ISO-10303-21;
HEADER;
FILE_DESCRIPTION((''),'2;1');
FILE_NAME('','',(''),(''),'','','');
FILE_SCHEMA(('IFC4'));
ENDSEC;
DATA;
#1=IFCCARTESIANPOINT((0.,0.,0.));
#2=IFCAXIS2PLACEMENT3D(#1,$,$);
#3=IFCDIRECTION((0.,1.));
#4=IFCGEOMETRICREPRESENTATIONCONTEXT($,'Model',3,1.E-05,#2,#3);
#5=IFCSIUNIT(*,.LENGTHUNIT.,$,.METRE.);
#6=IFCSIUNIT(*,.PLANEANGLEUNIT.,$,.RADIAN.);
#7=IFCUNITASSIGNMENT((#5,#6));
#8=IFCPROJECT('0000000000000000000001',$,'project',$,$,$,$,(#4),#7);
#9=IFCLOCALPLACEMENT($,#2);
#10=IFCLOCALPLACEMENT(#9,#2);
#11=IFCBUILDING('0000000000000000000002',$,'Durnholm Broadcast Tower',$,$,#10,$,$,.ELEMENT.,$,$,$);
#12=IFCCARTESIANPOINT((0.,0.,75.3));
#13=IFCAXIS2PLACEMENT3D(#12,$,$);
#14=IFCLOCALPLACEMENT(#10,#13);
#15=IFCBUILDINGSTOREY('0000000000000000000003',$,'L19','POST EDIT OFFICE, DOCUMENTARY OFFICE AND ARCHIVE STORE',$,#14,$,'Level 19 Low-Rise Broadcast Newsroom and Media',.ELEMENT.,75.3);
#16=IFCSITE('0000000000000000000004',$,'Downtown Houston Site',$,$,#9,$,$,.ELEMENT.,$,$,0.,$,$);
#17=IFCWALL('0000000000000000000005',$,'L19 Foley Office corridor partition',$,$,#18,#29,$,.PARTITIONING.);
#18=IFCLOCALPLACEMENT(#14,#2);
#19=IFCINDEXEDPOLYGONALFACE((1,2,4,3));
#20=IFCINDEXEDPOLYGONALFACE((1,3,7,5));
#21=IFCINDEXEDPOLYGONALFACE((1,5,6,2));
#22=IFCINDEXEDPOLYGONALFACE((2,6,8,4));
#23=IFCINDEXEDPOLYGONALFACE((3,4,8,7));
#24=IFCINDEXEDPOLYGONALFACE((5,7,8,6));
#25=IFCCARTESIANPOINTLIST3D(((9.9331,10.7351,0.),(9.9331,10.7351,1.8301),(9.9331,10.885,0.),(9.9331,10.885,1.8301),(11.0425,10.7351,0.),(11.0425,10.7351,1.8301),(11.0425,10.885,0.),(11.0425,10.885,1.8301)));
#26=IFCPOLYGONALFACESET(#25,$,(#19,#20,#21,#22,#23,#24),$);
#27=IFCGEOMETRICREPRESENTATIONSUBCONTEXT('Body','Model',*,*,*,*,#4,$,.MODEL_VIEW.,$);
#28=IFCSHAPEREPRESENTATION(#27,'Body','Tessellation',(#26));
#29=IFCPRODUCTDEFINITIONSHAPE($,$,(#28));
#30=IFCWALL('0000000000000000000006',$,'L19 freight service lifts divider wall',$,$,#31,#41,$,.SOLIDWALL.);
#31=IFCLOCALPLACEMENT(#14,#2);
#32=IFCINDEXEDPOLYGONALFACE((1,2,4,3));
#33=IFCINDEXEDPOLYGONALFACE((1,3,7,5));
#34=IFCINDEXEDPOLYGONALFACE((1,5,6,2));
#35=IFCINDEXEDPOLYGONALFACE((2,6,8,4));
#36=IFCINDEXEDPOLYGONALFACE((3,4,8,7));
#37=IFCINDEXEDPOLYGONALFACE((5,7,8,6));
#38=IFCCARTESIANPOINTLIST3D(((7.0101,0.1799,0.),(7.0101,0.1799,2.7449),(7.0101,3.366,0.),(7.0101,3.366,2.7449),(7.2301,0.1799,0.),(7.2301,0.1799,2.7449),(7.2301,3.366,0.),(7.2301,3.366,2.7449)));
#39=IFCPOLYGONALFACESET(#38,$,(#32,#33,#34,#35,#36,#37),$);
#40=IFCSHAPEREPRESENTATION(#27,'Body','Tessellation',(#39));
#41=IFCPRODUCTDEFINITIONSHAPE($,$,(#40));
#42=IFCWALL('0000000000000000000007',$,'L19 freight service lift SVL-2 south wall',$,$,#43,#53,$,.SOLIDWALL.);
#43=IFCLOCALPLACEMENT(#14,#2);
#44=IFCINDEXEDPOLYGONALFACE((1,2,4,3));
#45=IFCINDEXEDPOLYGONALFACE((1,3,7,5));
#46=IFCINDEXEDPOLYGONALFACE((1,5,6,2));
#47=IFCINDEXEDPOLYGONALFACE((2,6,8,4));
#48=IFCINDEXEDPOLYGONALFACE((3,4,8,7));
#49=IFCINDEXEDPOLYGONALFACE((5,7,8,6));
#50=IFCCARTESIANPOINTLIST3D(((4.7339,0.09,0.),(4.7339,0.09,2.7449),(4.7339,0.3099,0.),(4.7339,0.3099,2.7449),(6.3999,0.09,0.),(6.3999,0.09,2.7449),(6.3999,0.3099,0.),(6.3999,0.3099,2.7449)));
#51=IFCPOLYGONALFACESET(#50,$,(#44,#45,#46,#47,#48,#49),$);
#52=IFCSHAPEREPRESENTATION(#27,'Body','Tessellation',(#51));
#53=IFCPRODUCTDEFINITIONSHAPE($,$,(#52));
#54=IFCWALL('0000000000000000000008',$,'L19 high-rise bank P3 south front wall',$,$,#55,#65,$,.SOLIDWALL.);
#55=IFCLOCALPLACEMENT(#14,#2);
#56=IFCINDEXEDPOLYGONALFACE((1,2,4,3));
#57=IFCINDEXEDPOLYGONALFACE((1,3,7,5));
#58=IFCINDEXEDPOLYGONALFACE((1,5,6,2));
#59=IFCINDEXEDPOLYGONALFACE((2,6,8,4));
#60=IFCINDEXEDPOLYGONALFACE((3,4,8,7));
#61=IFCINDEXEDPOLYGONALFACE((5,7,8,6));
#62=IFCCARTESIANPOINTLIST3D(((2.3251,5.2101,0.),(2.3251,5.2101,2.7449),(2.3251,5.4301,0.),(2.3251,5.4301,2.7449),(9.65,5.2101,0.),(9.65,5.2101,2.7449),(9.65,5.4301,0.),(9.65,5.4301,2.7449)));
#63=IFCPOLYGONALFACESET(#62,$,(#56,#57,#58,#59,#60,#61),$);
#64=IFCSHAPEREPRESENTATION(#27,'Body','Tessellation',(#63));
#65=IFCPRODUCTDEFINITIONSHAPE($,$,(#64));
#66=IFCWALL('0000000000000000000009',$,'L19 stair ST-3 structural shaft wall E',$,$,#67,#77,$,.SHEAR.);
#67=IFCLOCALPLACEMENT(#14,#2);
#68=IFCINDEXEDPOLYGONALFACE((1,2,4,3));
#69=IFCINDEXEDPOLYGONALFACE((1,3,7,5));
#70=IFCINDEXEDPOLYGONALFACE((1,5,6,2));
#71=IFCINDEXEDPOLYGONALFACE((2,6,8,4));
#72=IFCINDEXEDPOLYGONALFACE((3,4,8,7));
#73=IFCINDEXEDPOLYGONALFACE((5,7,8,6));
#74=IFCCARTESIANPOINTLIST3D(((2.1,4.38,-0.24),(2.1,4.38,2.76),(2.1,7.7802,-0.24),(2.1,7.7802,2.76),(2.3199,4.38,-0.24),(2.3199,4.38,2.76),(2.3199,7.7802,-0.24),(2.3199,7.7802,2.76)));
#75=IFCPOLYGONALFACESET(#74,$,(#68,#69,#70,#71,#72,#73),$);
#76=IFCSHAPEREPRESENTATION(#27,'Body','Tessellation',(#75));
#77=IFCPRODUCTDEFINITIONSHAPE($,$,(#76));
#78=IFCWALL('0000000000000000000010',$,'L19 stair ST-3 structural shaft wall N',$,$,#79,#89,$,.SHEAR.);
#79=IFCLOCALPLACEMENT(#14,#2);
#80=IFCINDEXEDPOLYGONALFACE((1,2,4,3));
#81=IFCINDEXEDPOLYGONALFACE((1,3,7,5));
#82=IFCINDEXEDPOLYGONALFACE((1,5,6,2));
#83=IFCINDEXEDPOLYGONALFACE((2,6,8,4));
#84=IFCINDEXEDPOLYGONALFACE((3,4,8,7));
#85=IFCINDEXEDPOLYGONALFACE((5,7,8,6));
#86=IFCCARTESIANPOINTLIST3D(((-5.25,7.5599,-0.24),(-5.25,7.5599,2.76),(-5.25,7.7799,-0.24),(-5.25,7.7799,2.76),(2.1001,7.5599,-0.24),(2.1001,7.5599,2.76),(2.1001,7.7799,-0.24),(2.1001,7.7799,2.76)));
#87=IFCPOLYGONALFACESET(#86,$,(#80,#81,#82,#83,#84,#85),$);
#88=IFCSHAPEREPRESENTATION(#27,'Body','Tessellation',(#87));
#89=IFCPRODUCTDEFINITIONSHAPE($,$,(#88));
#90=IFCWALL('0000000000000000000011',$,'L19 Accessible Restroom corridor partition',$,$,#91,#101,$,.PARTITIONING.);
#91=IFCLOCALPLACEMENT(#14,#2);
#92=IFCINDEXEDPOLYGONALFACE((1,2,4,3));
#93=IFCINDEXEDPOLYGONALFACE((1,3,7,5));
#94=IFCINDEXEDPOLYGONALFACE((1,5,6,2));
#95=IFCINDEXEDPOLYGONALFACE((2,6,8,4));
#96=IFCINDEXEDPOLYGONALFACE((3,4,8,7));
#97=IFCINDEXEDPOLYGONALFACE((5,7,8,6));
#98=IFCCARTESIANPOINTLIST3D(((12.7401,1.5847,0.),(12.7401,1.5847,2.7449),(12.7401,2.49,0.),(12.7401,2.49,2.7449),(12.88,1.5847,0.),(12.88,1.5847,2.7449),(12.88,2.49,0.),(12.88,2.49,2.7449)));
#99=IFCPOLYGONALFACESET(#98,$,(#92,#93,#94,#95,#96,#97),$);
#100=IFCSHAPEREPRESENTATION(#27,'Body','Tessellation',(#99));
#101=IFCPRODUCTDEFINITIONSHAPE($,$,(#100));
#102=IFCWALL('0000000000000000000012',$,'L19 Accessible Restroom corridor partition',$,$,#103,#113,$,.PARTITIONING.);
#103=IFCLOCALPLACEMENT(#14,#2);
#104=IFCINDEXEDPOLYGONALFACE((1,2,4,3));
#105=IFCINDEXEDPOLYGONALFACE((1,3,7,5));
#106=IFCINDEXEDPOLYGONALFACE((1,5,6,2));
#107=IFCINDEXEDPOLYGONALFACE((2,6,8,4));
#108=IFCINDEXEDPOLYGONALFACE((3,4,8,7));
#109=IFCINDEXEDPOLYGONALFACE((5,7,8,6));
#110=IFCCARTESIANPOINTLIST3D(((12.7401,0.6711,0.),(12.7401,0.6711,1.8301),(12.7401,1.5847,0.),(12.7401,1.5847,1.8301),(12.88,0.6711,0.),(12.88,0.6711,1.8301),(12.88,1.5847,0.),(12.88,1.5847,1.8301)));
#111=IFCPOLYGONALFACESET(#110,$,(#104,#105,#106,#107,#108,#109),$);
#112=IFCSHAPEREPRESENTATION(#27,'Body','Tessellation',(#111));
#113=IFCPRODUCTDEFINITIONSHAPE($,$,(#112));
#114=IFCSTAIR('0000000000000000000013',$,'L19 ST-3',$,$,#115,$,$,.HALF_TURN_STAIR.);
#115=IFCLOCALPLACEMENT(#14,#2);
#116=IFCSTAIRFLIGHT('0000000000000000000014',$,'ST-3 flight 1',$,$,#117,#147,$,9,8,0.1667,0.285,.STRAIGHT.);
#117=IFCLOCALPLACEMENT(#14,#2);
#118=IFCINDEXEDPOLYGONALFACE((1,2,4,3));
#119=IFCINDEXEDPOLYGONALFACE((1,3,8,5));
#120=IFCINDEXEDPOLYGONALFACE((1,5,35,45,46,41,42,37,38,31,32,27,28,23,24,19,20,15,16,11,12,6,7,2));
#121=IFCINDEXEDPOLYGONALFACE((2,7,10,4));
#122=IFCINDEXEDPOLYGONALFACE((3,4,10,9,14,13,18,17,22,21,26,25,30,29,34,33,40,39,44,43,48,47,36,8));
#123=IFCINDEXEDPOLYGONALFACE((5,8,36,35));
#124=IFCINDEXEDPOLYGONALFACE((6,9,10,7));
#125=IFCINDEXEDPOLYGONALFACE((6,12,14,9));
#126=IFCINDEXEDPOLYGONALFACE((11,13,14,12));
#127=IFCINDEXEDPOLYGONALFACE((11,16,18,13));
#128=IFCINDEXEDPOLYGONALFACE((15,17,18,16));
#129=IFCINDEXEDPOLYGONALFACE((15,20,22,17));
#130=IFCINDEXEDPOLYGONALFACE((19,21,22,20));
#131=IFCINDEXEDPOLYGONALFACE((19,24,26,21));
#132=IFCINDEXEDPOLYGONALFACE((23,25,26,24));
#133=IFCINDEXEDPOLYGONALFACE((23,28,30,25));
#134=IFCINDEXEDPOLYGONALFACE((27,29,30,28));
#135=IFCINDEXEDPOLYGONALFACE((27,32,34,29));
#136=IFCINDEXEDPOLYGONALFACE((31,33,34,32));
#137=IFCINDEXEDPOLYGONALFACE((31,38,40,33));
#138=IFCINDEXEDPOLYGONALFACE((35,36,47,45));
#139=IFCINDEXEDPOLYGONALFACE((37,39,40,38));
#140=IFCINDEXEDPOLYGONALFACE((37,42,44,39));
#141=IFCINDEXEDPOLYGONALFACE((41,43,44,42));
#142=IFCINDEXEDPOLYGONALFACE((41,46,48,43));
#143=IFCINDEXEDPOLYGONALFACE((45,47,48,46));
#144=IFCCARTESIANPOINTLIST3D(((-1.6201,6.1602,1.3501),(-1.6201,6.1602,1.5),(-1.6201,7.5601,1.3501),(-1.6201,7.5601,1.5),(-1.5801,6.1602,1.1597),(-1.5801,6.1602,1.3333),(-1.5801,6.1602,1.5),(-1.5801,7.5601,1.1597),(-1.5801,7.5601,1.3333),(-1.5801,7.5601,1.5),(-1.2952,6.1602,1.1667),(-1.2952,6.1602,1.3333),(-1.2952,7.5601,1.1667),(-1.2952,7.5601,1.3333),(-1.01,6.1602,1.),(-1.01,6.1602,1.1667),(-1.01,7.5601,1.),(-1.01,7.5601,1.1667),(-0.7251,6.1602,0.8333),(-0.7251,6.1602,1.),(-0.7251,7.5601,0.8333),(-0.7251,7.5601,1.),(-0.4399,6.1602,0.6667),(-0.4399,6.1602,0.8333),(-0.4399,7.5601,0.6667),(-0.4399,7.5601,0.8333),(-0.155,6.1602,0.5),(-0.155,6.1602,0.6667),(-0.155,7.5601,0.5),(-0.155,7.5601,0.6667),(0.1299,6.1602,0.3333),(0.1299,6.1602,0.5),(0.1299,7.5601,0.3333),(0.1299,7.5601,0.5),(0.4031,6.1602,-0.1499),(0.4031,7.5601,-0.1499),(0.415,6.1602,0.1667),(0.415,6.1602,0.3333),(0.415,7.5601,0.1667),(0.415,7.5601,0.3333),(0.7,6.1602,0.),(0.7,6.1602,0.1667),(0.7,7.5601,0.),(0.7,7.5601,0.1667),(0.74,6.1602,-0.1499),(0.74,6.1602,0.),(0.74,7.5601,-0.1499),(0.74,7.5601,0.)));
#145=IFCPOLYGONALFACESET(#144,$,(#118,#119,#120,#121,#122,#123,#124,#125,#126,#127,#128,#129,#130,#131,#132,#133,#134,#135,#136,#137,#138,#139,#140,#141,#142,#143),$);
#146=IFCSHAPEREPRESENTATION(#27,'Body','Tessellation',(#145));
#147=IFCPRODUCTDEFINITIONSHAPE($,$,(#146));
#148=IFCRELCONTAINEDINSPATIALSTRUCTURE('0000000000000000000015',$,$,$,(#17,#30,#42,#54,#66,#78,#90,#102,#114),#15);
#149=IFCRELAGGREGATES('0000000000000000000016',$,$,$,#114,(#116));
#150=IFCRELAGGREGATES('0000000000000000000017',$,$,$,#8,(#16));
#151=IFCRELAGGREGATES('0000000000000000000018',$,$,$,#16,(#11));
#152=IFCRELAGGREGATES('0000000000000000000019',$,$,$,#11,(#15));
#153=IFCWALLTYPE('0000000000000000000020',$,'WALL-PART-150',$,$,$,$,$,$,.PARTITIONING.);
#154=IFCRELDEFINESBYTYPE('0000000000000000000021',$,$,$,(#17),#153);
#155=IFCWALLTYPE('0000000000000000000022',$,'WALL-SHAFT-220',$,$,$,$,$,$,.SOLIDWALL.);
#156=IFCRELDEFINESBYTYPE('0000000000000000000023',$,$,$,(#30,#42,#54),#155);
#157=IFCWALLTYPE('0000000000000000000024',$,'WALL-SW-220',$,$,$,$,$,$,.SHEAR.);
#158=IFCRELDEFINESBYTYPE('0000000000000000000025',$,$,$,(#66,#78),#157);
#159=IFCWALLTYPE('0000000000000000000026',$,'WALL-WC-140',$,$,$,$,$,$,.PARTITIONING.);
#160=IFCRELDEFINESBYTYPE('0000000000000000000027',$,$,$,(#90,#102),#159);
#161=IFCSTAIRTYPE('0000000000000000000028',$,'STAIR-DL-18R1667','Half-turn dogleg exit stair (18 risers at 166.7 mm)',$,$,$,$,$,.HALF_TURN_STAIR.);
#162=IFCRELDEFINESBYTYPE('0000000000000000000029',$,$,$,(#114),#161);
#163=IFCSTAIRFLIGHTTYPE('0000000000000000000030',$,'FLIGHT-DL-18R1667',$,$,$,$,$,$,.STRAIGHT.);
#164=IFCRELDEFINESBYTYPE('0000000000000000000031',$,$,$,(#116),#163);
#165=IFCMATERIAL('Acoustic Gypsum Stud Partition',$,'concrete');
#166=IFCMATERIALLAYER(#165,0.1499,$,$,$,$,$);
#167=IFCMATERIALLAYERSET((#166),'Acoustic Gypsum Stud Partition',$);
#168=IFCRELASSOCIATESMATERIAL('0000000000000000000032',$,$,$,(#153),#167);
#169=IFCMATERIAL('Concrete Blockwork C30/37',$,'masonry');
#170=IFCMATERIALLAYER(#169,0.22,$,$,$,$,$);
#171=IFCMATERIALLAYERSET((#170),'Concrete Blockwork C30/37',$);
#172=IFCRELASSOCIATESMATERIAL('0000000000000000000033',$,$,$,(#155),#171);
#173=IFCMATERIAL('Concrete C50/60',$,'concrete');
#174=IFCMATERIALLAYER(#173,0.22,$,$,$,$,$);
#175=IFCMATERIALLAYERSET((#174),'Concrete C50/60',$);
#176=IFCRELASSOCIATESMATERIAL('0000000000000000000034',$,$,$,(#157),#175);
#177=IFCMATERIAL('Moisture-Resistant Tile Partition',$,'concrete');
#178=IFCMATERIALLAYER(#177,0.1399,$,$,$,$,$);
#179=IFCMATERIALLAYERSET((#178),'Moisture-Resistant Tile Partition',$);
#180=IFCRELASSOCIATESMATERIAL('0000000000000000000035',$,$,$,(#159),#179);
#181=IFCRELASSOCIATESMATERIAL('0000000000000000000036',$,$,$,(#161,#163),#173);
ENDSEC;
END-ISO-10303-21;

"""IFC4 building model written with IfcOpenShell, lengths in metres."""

from ifc_helpers import new_model, si_unit, direction, frame, frame_2d, origin, place, context, subcontext, project, spatial, polyline, rectangle, outline, extrude, material, layer, layer_set, type_object, element, aggregate, save


model = new_model("IFC4")

# Units and contexts
model_context = context("Model", 3, precision=1e-05, world=origin(), true_north=direction((0.0, 1.0)))
body_context = subcontext(model_context, "Body", "Model", "MODEL_VIEW")
ifc_project = project(units=[si_unit("LENGTHUNIT", "METRE"), si_unit("PLANEANGLEUNIT", "RADIAN")], contexts=[model_context])

# Site, building, storey
site_placement = place(None, origin())
site = spatial("IfcSite", under=ifc_project, at=site_placement, Name="Downtown Houston Site", CompositionType="ELEMENT", RefElevation=0.0)
building_placement = place(site_placement, origin())
building = spatial("IfcBuilding", under=site, at=building_placement, Name="Durnholm Broadcast Tower", CompositionType="ELEMENT")
storey_placement = place(building_placement, frame((0.0, 0.0, 75.3)))
storey = spatial("IfcBuildingStorey", under=building, at=storey_placement, Name="L19", Description="POST EDIT OFFICE, DOCUMENTARY OFFICE AND ARCHIVE STORE", LongName="Level 19 Low-Rise Broadcast Newsroom and Media", CompositionType="ELEMENT", Elevation=75.3)

# Shared definitions
ifc_material_1 = material(Name="Acoustic Gypsum Stud Partition", Category="concrete")
ifc_layer_1 = layer(ifc_material_1, 0.1499)
ifc_layer_set_1 = layer_set([ifc_layer_1], Name="Acoustic Gypsum Stud Partition")
wall_type_1 = type_object("IfcWallType", Name="WALL-PART-150", PredefinedType="PARTITIONING", material=ifc_layer_set_1)

# Wall
wall_1_placement = place(storey_placement, frame((11.0425, 10.8101, 0.0), z_axis=(0.0, 0.0, 1.0), x_axis=(-1.0, 0.0, 0.0)))
element("IfcWall", 1, at=wall_1_placement, inside=storey, type_object=wall_type_1, Name="L19 Foley Office corridor partition", PredefinedType="PARTITIONING", context=body_context, shape_type="SweptSolid", body=[
    extrude(rectangle(XDim=1.1094, YDim=0.1499, at=frame_2d((0.5547, 0.0))), origin(), (0.0, 0.0, 1.0), 1.8301),
])

# Shared definitions
ifc_material_2 = material(Name="Concrete Blockwork C30/37", Category="masonry")
ifc_layer_2 = layer(ifc_material_2, 0.22)
ifc_layer_set_2 = layer_set([ifc_layer_2], Name="Concrete Blockwork C30/37")
wall_type_2 = type_object("IfcWallType", Name="WALL-SHAFT-220", PredefinedType="SOLIDWALL", material=ifc_layer_set_2)

# Walls
wall_2_placement = place(storey_placement, frame((7.1201, 0.1799, 0.0), z_axis=(0.0, 0.0, 1.0), x_axis=(0.0, 1.0, 0.0)))
element("IfcWall", 2, at=wall_2_placement, inside=storey, type_object=wall_type_2, Name="L19 freight service lifts divider wall", PredefinedType="SOLIDWALL", context=body_context, shape_type="SweptSolid", body=[
    extrude(rectangle(XDim=3.186, YDim=0.22, at=frame_2d((1.593, 0.0))), origin(), (0.0, 0.0, 1.0), 2.7449),
])
wall_3_placement = place(storey_placement, frame((4.7339, 0.2, 0.0), z_axis=(0.0, 0.0, 1.0), x_axis=(1.0, 0.0, 0.0)))
element("IfcWall", 3, at=wall_3_placement, inside=storey, type_object=wall_type_2, Name="L19 freight service lift SVL-2 south wall", PredefinedType="SOLIDWALL", context=body_context, shape_type="SweptSolid", body=[
    extrude(rectangle(XDim=1.666, YDim=0.22, at=frame_2d((0.833, 0.0))), origin(), (0.0, 0.0, 1.0), 2.7449),
])
wall_4_placement = place(storey_placement, frame((2.325, 5.3201, 0.0), z_axis=(0.0, 0.0, 1.0), x_axis=(1.0, 0.0, 0.0)))
element("IfcWall", 4, at=wall_4_placement, inside=storey, type_object=wall_type_2, Name="L19 high-rise bank P3 south front wall", PredefinedType="SOLIDWALL", context=body_context, shape_type="SweptSolid", body=[
    extrude(rectangle(XDim=7.325, YDim=0.22, at=frame_2d((3.6626, 0.0))), origin(), (0.0, 0.0, 1.0), 2.7449),
])
ifc_material_3 = material(Name="Concrete C50/60", Category="concrete")
ifc_layer_3 = layer(ifc_material_3, 0.22)
ifc_layer_set_3 = layer_set([ifc_layer_3], Name="Concrete C50/60")
wall_type_3 = type_object("IfcWallType", Name="WALL-SW-220", PredefinedType="SHEAR", material=ifc_layer_set_3)
wall_5_placement = place(storey_placement, frame((2.21, 4.3799, -0.24), z_axis=(0.0, 0.0, 1.0), x_axis=(0.0, 1.0, 0.0)))
element("IfcWall", 5, at=wall_5_placement, inside=storey, type_object=wall_type_3, Name="L19 stair ST-3 structural shaft wall E", PredefinedType="SHEAR", context=body_context, shape_type="SweptSolid", body=[
    extrude(rectangle(XDim=3.4001, YDim=0.22, at=frame_2d((1.7002, 0.0))), origin(), (0.0, 0.0, 1.0), 3.0),
])
wall_6_placement = place(storey_placement, frame((2.1001, 7.6699, -0.24), z_axis=(0.0, 0.0, 1.0), x_axis=(-1.0, 0.0, 0.0)))
element("IfcWall", 6, at=wall_6_placement, inside=storey, type_object=wall_type_3, Name="L19 stair ST-3 structural shaft wall N", PredefinedType="SHEAR", context=body_context, shape_type="SweptSolid", body=[
    extrude(rectangle(XDim=7.3501, YDim=0.22, at=frame_2d((3.675, 0.0))), origin(), (0.0, 0.0, 1.0), 3.0),
])
ifc_material_4 = material(Name="Moisture-Resistant Tile Partition", Category="concrete")
ifc_layer_4 = layer(ifc_material_4, 0.1399)
ifc_layer_set_4 = layer_set([ifc_layer_4], Name="Moisture-Resistant Tile Partition")
wall_type_4 = type_object("IfcWallType", Name="WALL-WC-140", PredefinedType="PARTITIONING", material=ifc_layer_set_4)
wall_7_placement = place(storey_placement, frame((12.8101, 1.5847, 0.0), z_axis=(0.0, 0.0, 1.0), x_axis=(0.0, 1.0, 0.0)))
element("IfcWall", 7, at=wall_7_placement, inside=storey, type_object=wall_type_4, Name="L19 Accessible Restroom corridor partition", PredefinedType="PARTITIONING", context=body_context, shape_type="SweptSolid", body=[
    extrude(rectangle(XDim=0.9053, YDim=0.1399, at=frame_2d((0.4526, 0.0))), origin(), (0.0, 0.0, 1.0), 2.7449),
])
wall_8_placement = place(storey_placement, frame((12.8101, 0.6711, 0.0), z_axis=(0.0, 0.0, 1.0), x_axis=(0.0, 1.0, 0.0)))
element("IfcWall", 8, at=wall_8_placement, inside=storey, type_object=wall_type_4, Name="L19 Accessible Restroom corridor partition", PredefinedType="PARTITIONING", context=body_context, shape_type="SweptSolid", body=[
    extrude(rectangle(XDim=0.9136, YDim=0.1399, at=frame_2d((0.4568, 0.0))), origin(), (0.0, 0.0, 1.0), 1.8301),
])

# Stair, stair flight
stair_type = type_object("IfcStairType", Name="STAIR-DL-18R1667", Description="Half-turn dogleg exit stair (18 risers at 166.7 mm)", PredefinedType="HALF_TURN_STAIR", material=ifc_material_3)
stair_placement = place(storey_placement, origin())
stair = element("IfcStair", 9, at=stair_placement, inside=storey, type_object=stair_type, Name="L19 ST-3", PredefinedType="HALF_TURN_STAIR")
stair_flight_type = type_object("IfcStairFlightType", Name="FLIGHT-DL-18R1667", PredefinedType="STRAIGHT", material=ifc_material_3)
stair_flight_placement = place(storey_placement, frame((0.7, 6.8601, 0.0), z_axis=(0.0, 0.0, 1.0), x_axis=(-1.0, 0.0, 0.0)))
stair_flight = element("IfcStairFlight", 10, at=stair_flight_placement, type_object=stair_flight_type, Name="ST-3 flight 1", NumberOfRisers=9, NumberOfTreads=8, PredefinedType="STRAIGHT", RiserHeight=0.1667, TreadLength=0.285, context=body_context, shape_type="SweptSolid", body=[
    extrude(outline(polyline([(-0.04, -0.1499), (-0.04, 0.0), (0.0, 0.0), (0.0, 0.1667), (0.2849, 0.1667), (0.2849, 0.3333), (0.5701, 0.3333), (0.5701, 0.5), (0.855, 0.5), (0.855, 0.6667), (1.1399, 0.6667), (1.1399, 0.8333), (1.425, 0.8333), (1.425, 1.0), (1.71, 1.0), (1.71, 1.1667), (1.9951, 1.1667), (1.9951, 1.3333), (2.28, 1.3333), (2.28, 1.5), (2.3201, 1.5), (2.3201, 1.3501), (2.28, 1.1597), (0.2969, -0.1499), (-0.04, -0.1499)])), frame((0.0, 0.7, 0.0), z_axis=(0.0, -1.0, 0.0), x_axis=(1.0, 0.0, 0.0)), (0.0, 0.0, 1.0), 1.3999),
])
aggregate(stair, [stair_flight])

save(model, "model.ifc")
